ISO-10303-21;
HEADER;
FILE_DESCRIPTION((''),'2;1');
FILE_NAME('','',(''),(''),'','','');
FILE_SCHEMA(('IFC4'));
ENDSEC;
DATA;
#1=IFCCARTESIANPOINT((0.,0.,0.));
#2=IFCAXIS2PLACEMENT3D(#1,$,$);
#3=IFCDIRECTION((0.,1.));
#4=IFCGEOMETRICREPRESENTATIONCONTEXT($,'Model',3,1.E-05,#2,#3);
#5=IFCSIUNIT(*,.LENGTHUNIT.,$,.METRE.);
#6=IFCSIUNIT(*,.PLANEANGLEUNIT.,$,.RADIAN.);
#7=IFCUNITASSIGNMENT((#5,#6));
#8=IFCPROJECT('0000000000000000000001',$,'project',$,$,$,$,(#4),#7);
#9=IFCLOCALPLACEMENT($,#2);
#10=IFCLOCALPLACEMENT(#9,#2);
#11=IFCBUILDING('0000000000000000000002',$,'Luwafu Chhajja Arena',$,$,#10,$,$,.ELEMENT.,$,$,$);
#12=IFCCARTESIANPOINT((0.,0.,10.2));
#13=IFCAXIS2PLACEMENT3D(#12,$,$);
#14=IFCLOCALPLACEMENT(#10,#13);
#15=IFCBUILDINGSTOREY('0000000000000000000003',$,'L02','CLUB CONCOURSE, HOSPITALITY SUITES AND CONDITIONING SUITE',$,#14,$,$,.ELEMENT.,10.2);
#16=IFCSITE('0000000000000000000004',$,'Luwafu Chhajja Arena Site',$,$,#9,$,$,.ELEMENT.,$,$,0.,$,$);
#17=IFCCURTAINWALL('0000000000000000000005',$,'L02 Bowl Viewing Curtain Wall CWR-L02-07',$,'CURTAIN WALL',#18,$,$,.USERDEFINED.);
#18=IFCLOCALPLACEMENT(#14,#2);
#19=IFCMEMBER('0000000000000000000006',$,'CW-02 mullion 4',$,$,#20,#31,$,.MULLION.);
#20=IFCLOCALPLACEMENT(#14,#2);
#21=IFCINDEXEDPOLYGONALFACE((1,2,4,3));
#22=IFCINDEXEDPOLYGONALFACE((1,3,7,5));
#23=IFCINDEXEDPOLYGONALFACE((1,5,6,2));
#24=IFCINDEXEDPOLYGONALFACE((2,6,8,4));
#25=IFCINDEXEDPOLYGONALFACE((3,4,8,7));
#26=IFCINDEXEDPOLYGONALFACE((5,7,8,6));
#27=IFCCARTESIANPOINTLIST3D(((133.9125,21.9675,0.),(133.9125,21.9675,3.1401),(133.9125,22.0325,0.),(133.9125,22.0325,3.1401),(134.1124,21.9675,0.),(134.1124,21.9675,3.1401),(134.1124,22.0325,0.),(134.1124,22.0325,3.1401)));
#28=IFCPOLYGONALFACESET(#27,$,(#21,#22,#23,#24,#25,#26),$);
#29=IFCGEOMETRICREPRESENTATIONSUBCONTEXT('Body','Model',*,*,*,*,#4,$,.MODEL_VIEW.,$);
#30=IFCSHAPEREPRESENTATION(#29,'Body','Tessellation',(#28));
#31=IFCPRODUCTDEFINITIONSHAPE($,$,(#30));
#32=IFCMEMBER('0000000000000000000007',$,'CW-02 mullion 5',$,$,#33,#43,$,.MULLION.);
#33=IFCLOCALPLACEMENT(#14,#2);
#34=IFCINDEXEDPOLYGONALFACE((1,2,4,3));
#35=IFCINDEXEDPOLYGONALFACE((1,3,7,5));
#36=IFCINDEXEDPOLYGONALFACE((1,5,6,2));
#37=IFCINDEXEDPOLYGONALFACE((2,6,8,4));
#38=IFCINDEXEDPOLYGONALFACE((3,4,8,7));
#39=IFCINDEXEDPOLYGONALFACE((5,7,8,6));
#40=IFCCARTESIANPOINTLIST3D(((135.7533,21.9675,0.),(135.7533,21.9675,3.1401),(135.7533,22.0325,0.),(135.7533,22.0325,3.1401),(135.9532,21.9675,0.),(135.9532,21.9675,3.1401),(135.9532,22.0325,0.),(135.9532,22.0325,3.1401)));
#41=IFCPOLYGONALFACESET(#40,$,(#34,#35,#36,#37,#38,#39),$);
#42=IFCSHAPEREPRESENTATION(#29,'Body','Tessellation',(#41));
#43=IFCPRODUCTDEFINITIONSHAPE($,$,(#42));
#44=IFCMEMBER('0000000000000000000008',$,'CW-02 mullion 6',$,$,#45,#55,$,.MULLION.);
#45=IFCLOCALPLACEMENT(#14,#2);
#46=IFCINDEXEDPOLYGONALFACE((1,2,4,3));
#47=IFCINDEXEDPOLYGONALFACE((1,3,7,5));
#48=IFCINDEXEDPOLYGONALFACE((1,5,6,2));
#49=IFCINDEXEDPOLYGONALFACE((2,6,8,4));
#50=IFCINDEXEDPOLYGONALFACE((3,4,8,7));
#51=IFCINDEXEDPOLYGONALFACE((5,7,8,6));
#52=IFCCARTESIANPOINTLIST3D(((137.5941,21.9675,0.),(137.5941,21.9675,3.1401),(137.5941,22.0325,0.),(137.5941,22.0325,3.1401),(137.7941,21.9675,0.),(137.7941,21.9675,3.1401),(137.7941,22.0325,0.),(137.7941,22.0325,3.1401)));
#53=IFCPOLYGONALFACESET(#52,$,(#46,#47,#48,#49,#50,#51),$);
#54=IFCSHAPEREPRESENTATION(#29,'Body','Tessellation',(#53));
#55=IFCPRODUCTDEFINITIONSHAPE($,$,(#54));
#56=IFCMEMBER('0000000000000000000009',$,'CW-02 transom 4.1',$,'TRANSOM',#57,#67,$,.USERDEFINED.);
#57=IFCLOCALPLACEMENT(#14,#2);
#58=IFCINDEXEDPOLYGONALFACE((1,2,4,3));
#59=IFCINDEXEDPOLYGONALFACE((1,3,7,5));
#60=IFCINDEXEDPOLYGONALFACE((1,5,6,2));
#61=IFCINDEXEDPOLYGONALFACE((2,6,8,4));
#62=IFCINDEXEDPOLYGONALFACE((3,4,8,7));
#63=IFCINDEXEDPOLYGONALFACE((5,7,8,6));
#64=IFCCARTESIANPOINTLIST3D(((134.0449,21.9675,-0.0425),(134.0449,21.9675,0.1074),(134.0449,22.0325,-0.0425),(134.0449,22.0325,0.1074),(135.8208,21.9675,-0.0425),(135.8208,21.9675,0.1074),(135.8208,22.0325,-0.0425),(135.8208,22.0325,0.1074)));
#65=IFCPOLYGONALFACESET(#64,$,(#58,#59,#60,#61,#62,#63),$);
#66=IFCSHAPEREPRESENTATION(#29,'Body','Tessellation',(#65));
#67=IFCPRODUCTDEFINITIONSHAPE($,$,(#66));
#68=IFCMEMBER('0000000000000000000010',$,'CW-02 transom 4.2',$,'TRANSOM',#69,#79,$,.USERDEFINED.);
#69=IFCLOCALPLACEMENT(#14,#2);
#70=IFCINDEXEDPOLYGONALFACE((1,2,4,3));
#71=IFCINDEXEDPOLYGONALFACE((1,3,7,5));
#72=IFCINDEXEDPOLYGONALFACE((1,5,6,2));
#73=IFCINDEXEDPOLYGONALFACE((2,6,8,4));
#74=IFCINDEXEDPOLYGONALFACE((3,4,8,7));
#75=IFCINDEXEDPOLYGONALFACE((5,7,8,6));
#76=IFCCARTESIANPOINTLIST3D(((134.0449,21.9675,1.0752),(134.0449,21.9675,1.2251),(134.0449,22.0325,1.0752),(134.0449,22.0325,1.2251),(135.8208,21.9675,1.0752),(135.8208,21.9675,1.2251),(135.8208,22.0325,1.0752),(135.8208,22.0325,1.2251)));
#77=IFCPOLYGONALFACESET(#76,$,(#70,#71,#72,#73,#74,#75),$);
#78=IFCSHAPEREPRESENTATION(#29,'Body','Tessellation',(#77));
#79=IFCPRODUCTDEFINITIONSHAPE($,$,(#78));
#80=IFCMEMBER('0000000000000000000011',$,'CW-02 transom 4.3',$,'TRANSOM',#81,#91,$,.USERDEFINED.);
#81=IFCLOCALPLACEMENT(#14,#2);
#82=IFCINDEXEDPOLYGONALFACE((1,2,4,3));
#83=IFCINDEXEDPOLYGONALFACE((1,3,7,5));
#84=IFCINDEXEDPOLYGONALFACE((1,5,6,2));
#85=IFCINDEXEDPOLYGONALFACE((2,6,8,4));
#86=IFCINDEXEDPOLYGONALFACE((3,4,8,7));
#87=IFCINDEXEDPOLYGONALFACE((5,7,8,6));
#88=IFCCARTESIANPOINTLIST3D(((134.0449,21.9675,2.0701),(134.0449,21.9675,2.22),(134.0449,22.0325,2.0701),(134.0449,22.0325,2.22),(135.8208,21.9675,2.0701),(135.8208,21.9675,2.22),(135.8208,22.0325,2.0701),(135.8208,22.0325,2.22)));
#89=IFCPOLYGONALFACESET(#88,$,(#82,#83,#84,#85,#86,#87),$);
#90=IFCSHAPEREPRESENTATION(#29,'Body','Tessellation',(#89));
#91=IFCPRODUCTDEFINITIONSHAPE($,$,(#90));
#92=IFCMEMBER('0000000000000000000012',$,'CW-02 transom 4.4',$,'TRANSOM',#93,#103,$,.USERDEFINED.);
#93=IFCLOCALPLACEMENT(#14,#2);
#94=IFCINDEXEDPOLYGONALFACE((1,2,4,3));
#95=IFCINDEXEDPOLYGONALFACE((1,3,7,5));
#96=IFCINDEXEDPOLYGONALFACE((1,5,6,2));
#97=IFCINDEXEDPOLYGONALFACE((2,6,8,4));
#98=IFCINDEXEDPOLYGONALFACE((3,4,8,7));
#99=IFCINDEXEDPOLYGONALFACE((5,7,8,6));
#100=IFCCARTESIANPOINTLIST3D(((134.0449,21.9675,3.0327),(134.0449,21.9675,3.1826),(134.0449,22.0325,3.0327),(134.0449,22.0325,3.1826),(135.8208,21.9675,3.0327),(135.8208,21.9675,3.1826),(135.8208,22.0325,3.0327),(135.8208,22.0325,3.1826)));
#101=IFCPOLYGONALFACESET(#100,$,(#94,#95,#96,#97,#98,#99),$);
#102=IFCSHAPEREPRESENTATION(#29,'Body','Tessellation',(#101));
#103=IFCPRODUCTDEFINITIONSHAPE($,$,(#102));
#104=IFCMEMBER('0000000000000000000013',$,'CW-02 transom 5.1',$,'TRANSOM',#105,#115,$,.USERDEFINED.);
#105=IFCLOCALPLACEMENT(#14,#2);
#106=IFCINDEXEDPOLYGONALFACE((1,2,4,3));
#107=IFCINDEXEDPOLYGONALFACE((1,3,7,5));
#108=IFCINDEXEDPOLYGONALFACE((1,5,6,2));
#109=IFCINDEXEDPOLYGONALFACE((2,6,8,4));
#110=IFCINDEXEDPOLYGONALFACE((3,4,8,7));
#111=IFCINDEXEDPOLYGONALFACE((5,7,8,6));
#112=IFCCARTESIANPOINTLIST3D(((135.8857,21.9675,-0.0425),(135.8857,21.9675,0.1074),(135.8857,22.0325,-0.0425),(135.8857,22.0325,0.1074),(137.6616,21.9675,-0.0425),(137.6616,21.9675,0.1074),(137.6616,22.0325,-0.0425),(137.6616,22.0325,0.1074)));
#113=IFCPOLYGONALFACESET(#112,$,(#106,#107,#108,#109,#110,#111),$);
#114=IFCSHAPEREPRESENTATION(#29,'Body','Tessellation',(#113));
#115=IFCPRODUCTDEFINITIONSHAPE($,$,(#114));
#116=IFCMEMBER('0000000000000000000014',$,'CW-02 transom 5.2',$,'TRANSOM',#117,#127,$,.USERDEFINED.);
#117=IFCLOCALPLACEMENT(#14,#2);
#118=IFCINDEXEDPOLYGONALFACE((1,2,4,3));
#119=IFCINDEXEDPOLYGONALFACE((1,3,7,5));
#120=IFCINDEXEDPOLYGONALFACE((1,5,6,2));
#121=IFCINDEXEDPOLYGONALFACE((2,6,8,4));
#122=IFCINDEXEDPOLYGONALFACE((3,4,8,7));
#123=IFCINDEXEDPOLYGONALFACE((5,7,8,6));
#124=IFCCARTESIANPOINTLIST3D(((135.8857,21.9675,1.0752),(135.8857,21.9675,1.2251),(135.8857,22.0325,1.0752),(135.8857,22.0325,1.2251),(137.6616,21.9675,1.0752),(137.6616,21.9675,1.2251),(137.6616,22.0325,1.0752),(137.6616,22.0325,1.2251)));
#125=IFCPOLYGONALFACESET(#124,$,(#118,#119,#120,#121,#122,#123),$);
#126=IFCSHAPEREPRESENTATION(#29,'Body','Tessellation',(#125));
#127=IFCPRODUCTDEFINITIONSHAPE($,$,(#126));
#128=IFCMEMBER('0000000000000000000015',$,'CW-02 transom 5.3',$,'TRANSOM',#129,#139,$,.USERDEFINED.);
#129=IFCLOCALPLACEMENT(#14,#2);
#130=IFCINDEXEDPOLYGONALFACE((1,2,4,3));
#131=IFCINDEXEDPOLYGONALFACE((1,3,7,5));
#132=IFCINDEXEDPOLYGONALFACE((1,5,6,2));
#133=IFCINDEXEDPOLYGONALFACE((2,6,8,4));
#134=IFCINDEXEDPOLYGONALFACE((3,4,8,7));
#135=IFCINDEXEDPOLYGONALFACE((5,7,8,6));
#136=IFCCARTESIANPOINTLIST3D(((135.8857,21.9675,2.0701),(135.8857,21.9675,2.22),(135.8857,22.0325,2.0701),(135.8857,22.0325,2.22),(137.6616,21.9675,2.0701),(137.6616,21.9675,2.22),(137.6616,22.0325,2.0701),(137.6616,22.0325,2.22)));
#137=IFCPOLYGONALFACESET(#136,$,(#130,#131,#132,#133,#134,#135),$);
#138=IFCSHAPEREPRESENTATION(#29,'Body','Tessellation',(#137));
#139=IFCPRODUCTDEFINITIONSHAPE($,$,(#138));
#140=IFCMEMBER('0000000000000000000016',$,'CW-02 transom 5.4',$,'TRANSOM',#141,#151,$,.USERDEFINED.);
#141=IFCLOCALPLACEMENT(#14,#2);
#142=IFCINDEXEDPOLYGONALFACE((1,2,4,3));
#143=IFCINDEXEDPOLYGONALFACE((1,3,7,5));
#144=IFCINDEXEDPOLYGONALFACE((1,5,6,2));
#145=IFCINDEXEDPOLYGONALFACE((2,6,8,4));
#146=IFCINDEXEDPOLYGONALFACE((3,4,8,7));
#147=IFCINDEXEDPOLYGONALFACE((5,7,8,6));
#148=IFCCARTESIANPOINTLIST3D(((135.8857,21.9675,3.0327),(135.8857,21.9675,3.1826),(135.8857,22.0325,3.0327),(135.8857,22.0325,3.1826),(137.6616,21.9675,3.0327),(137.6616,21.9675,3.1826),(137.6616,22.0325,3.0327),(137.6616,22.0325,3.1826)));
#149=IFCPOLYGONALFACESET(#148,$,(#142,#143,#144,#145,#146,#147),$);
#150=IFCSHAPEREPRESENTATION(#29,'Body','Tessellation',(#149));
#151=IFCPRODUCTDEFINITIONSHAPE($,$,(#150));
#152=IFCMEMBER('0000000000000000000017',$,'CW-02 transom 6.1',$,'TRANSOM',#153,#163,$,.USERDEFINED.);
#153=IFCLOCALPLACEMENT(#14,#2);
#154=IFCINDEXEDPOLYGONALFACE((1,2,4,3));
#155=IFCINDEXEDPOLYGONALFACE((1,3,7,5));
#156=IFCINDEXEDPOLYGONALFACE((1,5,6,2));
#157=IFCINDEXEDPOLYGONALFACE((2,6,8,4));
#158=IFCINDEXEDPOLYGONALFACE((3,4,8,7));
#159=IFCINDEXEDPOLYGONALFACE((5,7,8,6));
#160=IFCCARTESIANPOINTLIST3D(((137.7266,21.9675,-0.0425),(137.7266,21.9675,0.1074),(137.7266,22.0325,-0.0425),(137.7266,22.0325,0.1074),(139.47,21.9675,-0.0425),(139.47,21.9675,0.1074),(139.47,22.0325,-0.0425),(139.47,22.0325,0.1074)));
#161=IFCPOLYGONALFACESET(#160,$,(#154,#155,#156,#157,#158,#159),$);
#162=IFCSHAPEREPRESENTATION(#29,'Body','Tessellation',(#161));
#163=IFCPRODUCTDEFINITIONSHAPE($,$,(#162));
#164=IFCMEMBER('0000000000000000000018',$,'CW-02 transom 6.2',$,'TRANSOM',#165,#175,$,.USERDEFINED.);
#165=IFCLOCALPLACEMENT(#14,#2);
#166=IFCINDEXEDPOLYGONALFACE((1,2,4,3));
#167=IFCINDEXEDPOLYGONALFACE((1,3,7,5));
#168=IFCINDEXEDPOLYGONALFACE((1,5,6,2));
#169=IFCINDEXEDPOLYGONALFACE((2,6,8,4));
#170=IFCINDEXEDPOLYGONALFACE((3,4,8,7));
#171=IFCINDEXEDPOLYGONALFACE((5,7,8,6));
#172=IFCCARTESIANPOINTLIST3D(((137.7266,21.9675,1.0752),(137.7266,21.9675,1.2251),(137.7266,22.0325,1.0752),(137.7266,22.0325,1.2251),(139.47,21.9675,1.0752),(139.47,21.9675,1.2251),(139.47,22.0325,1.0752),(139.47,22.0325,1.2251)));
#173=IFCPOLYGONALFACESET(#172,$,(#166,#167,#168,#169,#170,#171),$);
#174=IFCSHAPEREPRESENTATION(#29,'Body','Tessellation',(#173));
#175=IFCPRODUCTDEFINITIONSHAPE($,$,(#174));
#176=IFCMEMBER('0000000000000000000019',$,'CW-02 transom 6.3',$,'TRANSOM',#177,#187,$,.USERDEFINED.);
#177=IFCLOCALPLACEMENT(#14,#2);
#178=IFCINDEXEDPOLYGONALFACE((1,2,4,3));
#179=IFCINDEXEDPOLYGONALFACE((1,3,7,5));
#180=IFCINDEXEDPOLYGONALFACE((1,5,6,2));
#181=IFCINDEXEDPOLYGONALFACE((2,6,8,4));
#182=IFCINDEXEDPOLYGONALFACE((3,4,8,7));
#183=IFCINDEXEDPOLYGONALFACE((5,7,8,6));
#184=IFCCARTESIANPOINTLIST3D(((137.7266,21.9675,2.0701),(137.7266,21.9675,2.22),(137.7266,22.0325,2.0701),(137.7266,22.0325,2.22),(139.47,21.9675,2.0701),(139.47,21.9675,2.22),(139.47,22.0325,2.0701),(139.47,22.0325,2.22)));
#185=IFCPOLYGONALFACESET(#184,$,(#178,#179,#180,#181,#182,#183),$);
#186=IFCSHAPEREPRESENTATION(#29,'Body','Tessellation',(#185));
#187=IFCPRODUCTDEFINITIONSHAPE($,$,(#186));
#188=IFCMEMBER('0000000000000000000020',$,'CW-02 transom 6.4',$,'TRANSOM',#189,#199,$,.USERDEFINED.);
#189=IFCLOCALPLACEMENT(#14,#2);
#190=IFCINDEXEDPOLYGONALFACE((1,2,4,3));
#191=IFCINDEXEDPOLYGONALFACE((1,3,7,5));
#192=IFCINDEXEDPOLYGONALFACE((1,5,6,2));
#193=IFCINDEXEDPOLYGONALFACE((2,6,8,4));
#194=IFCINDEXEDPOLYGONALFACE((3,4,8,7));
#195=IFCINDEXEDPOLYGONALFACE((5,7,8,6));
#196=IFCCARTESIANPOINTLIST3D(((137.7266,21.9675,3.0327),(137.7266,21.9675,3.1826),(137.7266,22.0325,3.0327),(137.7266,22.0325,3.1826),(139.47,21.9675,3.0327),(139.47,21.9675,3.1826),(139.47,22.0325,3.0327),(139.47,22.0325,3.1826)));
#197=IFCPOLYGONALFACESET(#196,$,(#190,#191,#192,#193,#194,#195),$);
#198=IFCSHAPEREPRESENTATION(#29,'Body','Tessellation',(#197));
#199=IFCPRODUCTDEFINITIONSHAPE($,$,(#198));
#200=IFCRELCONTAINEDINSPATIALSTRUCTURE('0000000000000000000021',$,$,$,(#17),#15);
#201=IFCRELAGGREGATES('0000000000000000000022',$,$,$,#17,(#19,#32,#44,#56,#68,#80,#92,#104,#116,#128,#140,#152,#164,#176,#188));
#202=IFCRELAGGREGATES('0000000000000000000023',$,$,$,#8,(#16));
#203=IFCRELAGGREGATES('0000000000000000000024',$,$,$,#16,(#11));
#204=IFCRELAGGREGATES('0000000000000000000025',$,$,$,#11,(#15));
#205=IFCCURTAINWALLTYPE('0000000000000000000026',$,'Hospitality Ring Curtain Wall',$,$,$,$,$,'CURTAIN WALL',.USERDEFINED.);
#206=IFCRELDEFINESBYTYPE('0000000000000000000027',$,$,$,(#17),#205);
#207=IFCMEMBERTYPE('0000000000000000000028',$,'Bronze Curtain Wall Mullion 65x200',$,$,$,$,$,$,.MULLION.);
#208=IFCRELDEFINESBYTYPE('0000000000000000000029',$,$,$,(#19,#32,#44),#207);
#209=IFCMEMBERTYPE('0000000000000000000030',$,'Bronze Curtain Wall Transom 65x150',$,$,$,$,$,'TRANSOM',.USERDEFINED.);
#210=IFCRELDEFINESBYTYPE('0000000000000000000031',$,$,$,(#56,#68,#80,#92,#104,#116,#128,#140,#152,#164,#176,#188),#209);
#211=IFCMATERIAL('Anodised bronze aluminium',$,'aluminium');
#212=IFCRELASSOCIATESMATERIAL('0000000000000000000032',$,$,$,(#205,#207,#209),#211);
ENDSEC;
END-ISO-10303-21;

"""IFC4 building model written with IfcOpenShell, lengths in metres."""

from ifc_helpers import new_model, si_unit, direction, frame, origin, origin_2d, place, context, subcontext, project, spatial, rectangle, extrude, material, material_profile, profile_set, type_object, element, aggregate, save


model = new_model("IFC4")

# Units and contexts
model_context = context("Model", 3, precision=1e-05, world=origin(), true_north=direction((0.0, 1.0)))
body_context = subcontext(model_context, "Body", "Model", "MODEL_VIEW")
ifc_project = project(units=[si_unit("LENGTHUNIT", "METRE"), si_unit("PLANEANGLEUNIT", "RADIAN")], contexts=[model_context])

# Site, building, storey
site_placement = place(None, origin())
site = spatial("IfcSite", under=ifc_project, at=site_placement, Name="Luwafu Chhajja Arena Site", CompositionType="ELEMENT", RefElevation=0.0)
building_placement = place(site_placement, origin())
building = spatial("IfcBuilding", under=site, at=building_placement, Name="Luwafu Chhajja Arena", CompositionType="ELEMENT")
storey_placement = place(building_placement, frame((0.0, 0.0, 10.2)))
storey = spatial("IfcBuildingStorey", under=building, at=storey_placement, Name="L02", Description="CLUB CONCOURSE, HOSPITALITY SUITES AND CONDITIONING SUITE", CompositionType="ELEMENT", Elevation=10.2)

# Curtain wall, members
ifc_material_1 = material(Name="Anodised bronze aluminium", Category="aluminium")
curtain_wall_type = type_object("IfcCurtainWallType", Name="Hospitality Ring Curtain Wall", ElementType="CURTAIN WALL", PredefinedType="USERDEFINED", material=ifc_material_1)
curtain_wall_placement = place(storey_placement, origin())
curtain_wall = element("IfcCurtainWall", 1, at=curtain_wall_placement, inside=storey, type_object=curtain_wall_type, Name="L02 Bowl Viewing Curtain Wall CWR-L02-07", ObjectType="CURTAIN WALL", PredefinedType="USERDEFINED")
ifc_material_profile_1 = material_profile(ifc_material_1, rectangle(XDim=0.0649, YDim=0.2, at=origin_2d()), Name="CWM 65x200")
ifc_profile_set_1 = profile_set([ifc_material_profile_1], Name="Anodised bronze aluminium")
member_type_1 = type_object("IfcMemberType", Name="Bronze Curtain Wall Mullion 65x200", PredefinedType="MULLION", material=ifc_profile_set_1)
member_1_placement = place(storey_placement, frame((134.0125, 22.0, 0.0), z_axis=(0.0, 0.0, 1.0), x_axis=(0.0, 1.0, 0.0)))
member_1 = element("IfcMember", 2, at=member_1_placement, type_object=member_type_1, Name="CW-02 mullion 4", PredefinedType="MULLION", context=body_context, shape_type="SweptSolid", body=[
    extrude(rectangle(XDim=0.0649, YDim=0.2, at=origin_2d()), origin(), (0.0, 0.0, 1.0), 3.1401),
])
member_2_placement = place(storey_placement, frame((135.8533, 22.0, 0.0), z_axis=(0.0, 0.0, 1.0), x_axis=(0.0, 1.0, 0.0)))
member_2 = element("IfcMember", 3, at=member_2_placement, type_object=member_type_1, Name="CW-02 mullion 5", PredefinedType="MULLION", context=body_context, shape_type="SweptSolid", body=[
    extrude(rectangle(XDim=0.0649, YDim=0.2, at=origin_2d()), origin(), (0.0, 0.0, 1.0), 3.1401),
])
member_3_placement = place(storey_placement, frame((137.6941, 22.0, 0.0), z_axis=(0.0, 0.0, 1.0), x_axis=(0.0, 1.0, 0.0)))
member_3 = element("IfcMember", 4, at=member_3_placement, type_object=member_type_1, Name="CW-02 mullion 6", PredefinedType="MULLION", context=body_context, shape_type="SweptSolid", body=[
    extrude(rectangle(XDim=0.0649, YDim=0.2, at=origin_2d()), origin(), (0.0, 0.0, 1.0), 3.1401),
])
ifc_material_profile_2 = material_profile(ifc_material_1, rectangle(XDim=0.0649, YDim=0.1499, at=origin_2d()), Name="CWT 65x150")
ifc_profile_set_2 = profile_set([ifc_material_profile_2], Name="Anodised bronze aluminium")
member_type_2 = type_object("IfcMemberType", Name="Bronze Curtain Wall Transom 65x150", ElementType="TRANSOM", PredefinedType="USERDEFINED", material=ifc_profile_set_2)
member_4_placement = place(storey_placement, frame((134.0449, 22.0, 0.0325), z_axis=(1.0, 0.0, 0.0), x_axis=(0.0, 1.0, 0.0)))
member_4 = element("IfcMember", 5, at=member_4_placement, type_object=member_type_2, Name="CW-02 transom 4.1", ObjectType="TRANSOM", PredefinedType="USERDEFINED", context=body_context, shape_type="SweptSolid", body=[
    extrude(rectangle(XDim=0.0649, YDim=0.1499, at=origin_2d()), origin(), (0.0, 0.0, 1.0), 1.7759),
])
member_5_placement = place(storey_placement, frame((134.0449, 22.0, 1.1501), z_axis=(1.0, 0.0, 0.0), x_axis=(0.0, 1.0, 0.0)))
member_5 = element("IfcMember", 6, at=member_5_placement, type_object=member_type_2, Name="CW-02 transom 4.2", ObjectType="TRANSOM", PredefinedType="USERDEFINED", context=body_context, shape_type="SweptSolid", body=[
    extrude(rectangle(XDim=0.0649, YDim=0.1499, at=origin_2d()), origin(), (0.0, 0.0, 1.0), 1.7759),
])
member_6_placement = place(storey_placement, frame((134.0449, 22.0, 2.145), z_axis=(1.0, 0.0, 0.0), x_axis=(0.0, 1.0, 0.0)))
member_6 = element("IfcMember", 7, at=member_6_placement, type_object=member_type_2, Name="CW-02 transom 4.3", ObjectType="TRANSOM", PredefinedType="USERDEFINED", context=body_context, shape_type="SweptSolid", body=[
    extrude(rectangle(XDim=0.0649, YDim=0.1499, at=origin_2d()), origin(), (0.0, 0.0, 1.0), 1.7759),
])
member_7_placement = place(storey_placement, frame((134.0449, 22.0, 3.1077), z_axis=(1.0, 0.0, 0.0), x_axis=(0.0, 1.0, 0.0)))
member_7 = element("IfcMember", 8, at=member_7_placement, type_object=member_type_2, Name="CW-02 transom 4.4", ObjectType="TRANSOM", PredefinedType="USERDEFINED", context=body_context, shape_type="SweptSolid", body=[
    extrude(rectangle(XDim=0.0649, YDim=0.1499, at=origin_2d()), origin(), (0.0, 0.0, 1.0), 1.7759),
])
member_8_placement = place(storey_placement, frame((135.8857, 22.0, 0.0325), z_axis=(1.0, 0.0, 0.0), x_axis=(0.0, 1.0, 0.0)))
member_8 = element("IfcMember", 9, at=member_8_placement, type_object=member_type_2, Name="CW-02 transom 5.1", ObjectType="TRANSOM", PredefinedType="USERDEFINED", context=body_context, shape_type="SweptSolid", body=[
    extrude(rectangle(XDim=0.0649, YDim=0.1499, at=origin_2d()), origin(), (0.0, 0.0, 1.0), 1.7759),
])
member_9_placement = place(storey_placement, frame((135.8857, 22.0, 1.1501), z_axis=(1.0, 0.0, 0.0), x_axis=(0.0, 1.0, 0.0)))
member_9 = element("IfcMember", 10, at=member_9_placement, type_object=member_type_2, Name="CW-02 transom 5.2", ObjectType="TRANSOM", PredefinedType="USERDEFINED", context=body_context, shape_type="SweptSolid", body=[
    extrude(rectangle(XDim=0.0649, YDim=0.1499, at=origin_2d()), origin(), (0.0, 0.0, 1.0), 1.7759),
])
member_10_placement = place(storey_placement, frame((135.8857, 22.0, 2.145), z_axis=(1.0, 0.0, 0.0), x_axis=(0.0, 1.0, 0.0)))
member_10 = element("IfcMember", 11, at=member_10_placement, type_object=member_type_2, Name="CW-02 transom 5.3", ObjectType="TRANSOM", PredefinedType="USERDEFINED", context=body_context, shape_type="SweptSolid", body=[
    extrude(rectangle(XDim=0.0649, YDim=0.1499, at=origin_2d()), origin(), (0.0, 0.0, 1.0), 1.7759),
])
member_11_placement = place(storey_placement, frame((135.8857, 22.0, 3.1077), z_axis=(1.0, 0.0, 0.0), x_axis=(0.0, 1.0, 0.0)))
member_11 = element("IfcMember", 12, at=member_11_placement, type_object=member_type_2, Name="CW-02 transom 5.4", ObjectType="TRANSOM", PredefinedType="USERDEFINED", context=body_context, shape_type="SweptSolid", body=[
    extrude(rectangle(XDim=0.0649, YDim=0.1499, at=origin_2d()), origin(), (0.0, 0.0, 1.0), 1.7759),
])
member_12_placement = place(storey_placement, frame((137.7266, 22.0, 0.0325), z_axis=(1.0, 0.0, 0.0), x_axis=(0.0, 1.0, 0.0)))
member_12 = element("IfcMember", 13, at=member_12_placement, type_object=member_type_2, Name="CW-02 transom 6.1", ObjectType="TRANSOM", PredefinedType="USERDEFINED", context=body_context, shape_type="SweptSolid", body=[
    extrude(rectangle(XDim=0.0649, YDim=0.1499, at=origin_2d()), origin(), (0.0, 0.0, 1.0), 1.7434),
])
member_13_placement = place(storey_placement, frame((137.7266, 22.0, 1.1501), z_axis=(1.0, 0.0, 0.0), x_axis=(0.0, 1.0, 0.0)))
member_13 = element("IfcMember", 14, at=member_13_placement, type_object=member_type_2, Name="CW-02 transom 6.2", ObjectType="TRANSOM", PredefinedType="USERDEFINED", context=body_context, shape_type="SweptSolid", body=[
    extrude(rectangle(XDim=0.0649, YDim=0.1499, at=origin_2d()), origin(), (0.0, 0.0, 1.0), 1.7434),
])
member_14_placement = place(storey_placement, frame((137.7266, 22.0, 2.145), z_axis=(1.0, 0.0, 0.0), x_axis=(0.0, 1.0, 0.0)))
member_14 = element("IfcMember", 15, at=member_14_placement, type_object=member_type_2, Name="CW-02 transom 6.3", ObjectType="TRANSOM", PredefinedType="USERDEFINED", context=body_context, shape_type="SweptSolid", body=[
    extrude(rectangle(XDim=0.0649, YDim=0.1499, at=origin_2d()), origin(), (0.0, 0.0, 1.0), 1.7434),
])
member_15_placement = place(storey_placement, frame((137.7266, 22.0, 3.1077), z_axis=(1.0, 0.0, 0.0), x_axis=(0.0, 1.0, 0.0)))
member_15 = element("IfcMember", 16, at=member_15_placement, type_object=member_type_2, Name="CW-02 transom 6.4", ObjectType="TRANSOM", PredefinedType="USERDEFINED", context=body_context, shape_type="SweptSolid", body=[
    extrude(rectangle(XDim=0.0649, YDim=0.1499, at=origin_2d()), origin(), (0.0, 0.0, 1.0), 1.7434),
])
aggregate(curtain_wall, [member_1, member_2, member_3, member_4, member_5, member_6, member_7, member_8, member_9, member_10, member_11, member_12, member_13, member_14, member_15])

save(model, "model.ifc")
